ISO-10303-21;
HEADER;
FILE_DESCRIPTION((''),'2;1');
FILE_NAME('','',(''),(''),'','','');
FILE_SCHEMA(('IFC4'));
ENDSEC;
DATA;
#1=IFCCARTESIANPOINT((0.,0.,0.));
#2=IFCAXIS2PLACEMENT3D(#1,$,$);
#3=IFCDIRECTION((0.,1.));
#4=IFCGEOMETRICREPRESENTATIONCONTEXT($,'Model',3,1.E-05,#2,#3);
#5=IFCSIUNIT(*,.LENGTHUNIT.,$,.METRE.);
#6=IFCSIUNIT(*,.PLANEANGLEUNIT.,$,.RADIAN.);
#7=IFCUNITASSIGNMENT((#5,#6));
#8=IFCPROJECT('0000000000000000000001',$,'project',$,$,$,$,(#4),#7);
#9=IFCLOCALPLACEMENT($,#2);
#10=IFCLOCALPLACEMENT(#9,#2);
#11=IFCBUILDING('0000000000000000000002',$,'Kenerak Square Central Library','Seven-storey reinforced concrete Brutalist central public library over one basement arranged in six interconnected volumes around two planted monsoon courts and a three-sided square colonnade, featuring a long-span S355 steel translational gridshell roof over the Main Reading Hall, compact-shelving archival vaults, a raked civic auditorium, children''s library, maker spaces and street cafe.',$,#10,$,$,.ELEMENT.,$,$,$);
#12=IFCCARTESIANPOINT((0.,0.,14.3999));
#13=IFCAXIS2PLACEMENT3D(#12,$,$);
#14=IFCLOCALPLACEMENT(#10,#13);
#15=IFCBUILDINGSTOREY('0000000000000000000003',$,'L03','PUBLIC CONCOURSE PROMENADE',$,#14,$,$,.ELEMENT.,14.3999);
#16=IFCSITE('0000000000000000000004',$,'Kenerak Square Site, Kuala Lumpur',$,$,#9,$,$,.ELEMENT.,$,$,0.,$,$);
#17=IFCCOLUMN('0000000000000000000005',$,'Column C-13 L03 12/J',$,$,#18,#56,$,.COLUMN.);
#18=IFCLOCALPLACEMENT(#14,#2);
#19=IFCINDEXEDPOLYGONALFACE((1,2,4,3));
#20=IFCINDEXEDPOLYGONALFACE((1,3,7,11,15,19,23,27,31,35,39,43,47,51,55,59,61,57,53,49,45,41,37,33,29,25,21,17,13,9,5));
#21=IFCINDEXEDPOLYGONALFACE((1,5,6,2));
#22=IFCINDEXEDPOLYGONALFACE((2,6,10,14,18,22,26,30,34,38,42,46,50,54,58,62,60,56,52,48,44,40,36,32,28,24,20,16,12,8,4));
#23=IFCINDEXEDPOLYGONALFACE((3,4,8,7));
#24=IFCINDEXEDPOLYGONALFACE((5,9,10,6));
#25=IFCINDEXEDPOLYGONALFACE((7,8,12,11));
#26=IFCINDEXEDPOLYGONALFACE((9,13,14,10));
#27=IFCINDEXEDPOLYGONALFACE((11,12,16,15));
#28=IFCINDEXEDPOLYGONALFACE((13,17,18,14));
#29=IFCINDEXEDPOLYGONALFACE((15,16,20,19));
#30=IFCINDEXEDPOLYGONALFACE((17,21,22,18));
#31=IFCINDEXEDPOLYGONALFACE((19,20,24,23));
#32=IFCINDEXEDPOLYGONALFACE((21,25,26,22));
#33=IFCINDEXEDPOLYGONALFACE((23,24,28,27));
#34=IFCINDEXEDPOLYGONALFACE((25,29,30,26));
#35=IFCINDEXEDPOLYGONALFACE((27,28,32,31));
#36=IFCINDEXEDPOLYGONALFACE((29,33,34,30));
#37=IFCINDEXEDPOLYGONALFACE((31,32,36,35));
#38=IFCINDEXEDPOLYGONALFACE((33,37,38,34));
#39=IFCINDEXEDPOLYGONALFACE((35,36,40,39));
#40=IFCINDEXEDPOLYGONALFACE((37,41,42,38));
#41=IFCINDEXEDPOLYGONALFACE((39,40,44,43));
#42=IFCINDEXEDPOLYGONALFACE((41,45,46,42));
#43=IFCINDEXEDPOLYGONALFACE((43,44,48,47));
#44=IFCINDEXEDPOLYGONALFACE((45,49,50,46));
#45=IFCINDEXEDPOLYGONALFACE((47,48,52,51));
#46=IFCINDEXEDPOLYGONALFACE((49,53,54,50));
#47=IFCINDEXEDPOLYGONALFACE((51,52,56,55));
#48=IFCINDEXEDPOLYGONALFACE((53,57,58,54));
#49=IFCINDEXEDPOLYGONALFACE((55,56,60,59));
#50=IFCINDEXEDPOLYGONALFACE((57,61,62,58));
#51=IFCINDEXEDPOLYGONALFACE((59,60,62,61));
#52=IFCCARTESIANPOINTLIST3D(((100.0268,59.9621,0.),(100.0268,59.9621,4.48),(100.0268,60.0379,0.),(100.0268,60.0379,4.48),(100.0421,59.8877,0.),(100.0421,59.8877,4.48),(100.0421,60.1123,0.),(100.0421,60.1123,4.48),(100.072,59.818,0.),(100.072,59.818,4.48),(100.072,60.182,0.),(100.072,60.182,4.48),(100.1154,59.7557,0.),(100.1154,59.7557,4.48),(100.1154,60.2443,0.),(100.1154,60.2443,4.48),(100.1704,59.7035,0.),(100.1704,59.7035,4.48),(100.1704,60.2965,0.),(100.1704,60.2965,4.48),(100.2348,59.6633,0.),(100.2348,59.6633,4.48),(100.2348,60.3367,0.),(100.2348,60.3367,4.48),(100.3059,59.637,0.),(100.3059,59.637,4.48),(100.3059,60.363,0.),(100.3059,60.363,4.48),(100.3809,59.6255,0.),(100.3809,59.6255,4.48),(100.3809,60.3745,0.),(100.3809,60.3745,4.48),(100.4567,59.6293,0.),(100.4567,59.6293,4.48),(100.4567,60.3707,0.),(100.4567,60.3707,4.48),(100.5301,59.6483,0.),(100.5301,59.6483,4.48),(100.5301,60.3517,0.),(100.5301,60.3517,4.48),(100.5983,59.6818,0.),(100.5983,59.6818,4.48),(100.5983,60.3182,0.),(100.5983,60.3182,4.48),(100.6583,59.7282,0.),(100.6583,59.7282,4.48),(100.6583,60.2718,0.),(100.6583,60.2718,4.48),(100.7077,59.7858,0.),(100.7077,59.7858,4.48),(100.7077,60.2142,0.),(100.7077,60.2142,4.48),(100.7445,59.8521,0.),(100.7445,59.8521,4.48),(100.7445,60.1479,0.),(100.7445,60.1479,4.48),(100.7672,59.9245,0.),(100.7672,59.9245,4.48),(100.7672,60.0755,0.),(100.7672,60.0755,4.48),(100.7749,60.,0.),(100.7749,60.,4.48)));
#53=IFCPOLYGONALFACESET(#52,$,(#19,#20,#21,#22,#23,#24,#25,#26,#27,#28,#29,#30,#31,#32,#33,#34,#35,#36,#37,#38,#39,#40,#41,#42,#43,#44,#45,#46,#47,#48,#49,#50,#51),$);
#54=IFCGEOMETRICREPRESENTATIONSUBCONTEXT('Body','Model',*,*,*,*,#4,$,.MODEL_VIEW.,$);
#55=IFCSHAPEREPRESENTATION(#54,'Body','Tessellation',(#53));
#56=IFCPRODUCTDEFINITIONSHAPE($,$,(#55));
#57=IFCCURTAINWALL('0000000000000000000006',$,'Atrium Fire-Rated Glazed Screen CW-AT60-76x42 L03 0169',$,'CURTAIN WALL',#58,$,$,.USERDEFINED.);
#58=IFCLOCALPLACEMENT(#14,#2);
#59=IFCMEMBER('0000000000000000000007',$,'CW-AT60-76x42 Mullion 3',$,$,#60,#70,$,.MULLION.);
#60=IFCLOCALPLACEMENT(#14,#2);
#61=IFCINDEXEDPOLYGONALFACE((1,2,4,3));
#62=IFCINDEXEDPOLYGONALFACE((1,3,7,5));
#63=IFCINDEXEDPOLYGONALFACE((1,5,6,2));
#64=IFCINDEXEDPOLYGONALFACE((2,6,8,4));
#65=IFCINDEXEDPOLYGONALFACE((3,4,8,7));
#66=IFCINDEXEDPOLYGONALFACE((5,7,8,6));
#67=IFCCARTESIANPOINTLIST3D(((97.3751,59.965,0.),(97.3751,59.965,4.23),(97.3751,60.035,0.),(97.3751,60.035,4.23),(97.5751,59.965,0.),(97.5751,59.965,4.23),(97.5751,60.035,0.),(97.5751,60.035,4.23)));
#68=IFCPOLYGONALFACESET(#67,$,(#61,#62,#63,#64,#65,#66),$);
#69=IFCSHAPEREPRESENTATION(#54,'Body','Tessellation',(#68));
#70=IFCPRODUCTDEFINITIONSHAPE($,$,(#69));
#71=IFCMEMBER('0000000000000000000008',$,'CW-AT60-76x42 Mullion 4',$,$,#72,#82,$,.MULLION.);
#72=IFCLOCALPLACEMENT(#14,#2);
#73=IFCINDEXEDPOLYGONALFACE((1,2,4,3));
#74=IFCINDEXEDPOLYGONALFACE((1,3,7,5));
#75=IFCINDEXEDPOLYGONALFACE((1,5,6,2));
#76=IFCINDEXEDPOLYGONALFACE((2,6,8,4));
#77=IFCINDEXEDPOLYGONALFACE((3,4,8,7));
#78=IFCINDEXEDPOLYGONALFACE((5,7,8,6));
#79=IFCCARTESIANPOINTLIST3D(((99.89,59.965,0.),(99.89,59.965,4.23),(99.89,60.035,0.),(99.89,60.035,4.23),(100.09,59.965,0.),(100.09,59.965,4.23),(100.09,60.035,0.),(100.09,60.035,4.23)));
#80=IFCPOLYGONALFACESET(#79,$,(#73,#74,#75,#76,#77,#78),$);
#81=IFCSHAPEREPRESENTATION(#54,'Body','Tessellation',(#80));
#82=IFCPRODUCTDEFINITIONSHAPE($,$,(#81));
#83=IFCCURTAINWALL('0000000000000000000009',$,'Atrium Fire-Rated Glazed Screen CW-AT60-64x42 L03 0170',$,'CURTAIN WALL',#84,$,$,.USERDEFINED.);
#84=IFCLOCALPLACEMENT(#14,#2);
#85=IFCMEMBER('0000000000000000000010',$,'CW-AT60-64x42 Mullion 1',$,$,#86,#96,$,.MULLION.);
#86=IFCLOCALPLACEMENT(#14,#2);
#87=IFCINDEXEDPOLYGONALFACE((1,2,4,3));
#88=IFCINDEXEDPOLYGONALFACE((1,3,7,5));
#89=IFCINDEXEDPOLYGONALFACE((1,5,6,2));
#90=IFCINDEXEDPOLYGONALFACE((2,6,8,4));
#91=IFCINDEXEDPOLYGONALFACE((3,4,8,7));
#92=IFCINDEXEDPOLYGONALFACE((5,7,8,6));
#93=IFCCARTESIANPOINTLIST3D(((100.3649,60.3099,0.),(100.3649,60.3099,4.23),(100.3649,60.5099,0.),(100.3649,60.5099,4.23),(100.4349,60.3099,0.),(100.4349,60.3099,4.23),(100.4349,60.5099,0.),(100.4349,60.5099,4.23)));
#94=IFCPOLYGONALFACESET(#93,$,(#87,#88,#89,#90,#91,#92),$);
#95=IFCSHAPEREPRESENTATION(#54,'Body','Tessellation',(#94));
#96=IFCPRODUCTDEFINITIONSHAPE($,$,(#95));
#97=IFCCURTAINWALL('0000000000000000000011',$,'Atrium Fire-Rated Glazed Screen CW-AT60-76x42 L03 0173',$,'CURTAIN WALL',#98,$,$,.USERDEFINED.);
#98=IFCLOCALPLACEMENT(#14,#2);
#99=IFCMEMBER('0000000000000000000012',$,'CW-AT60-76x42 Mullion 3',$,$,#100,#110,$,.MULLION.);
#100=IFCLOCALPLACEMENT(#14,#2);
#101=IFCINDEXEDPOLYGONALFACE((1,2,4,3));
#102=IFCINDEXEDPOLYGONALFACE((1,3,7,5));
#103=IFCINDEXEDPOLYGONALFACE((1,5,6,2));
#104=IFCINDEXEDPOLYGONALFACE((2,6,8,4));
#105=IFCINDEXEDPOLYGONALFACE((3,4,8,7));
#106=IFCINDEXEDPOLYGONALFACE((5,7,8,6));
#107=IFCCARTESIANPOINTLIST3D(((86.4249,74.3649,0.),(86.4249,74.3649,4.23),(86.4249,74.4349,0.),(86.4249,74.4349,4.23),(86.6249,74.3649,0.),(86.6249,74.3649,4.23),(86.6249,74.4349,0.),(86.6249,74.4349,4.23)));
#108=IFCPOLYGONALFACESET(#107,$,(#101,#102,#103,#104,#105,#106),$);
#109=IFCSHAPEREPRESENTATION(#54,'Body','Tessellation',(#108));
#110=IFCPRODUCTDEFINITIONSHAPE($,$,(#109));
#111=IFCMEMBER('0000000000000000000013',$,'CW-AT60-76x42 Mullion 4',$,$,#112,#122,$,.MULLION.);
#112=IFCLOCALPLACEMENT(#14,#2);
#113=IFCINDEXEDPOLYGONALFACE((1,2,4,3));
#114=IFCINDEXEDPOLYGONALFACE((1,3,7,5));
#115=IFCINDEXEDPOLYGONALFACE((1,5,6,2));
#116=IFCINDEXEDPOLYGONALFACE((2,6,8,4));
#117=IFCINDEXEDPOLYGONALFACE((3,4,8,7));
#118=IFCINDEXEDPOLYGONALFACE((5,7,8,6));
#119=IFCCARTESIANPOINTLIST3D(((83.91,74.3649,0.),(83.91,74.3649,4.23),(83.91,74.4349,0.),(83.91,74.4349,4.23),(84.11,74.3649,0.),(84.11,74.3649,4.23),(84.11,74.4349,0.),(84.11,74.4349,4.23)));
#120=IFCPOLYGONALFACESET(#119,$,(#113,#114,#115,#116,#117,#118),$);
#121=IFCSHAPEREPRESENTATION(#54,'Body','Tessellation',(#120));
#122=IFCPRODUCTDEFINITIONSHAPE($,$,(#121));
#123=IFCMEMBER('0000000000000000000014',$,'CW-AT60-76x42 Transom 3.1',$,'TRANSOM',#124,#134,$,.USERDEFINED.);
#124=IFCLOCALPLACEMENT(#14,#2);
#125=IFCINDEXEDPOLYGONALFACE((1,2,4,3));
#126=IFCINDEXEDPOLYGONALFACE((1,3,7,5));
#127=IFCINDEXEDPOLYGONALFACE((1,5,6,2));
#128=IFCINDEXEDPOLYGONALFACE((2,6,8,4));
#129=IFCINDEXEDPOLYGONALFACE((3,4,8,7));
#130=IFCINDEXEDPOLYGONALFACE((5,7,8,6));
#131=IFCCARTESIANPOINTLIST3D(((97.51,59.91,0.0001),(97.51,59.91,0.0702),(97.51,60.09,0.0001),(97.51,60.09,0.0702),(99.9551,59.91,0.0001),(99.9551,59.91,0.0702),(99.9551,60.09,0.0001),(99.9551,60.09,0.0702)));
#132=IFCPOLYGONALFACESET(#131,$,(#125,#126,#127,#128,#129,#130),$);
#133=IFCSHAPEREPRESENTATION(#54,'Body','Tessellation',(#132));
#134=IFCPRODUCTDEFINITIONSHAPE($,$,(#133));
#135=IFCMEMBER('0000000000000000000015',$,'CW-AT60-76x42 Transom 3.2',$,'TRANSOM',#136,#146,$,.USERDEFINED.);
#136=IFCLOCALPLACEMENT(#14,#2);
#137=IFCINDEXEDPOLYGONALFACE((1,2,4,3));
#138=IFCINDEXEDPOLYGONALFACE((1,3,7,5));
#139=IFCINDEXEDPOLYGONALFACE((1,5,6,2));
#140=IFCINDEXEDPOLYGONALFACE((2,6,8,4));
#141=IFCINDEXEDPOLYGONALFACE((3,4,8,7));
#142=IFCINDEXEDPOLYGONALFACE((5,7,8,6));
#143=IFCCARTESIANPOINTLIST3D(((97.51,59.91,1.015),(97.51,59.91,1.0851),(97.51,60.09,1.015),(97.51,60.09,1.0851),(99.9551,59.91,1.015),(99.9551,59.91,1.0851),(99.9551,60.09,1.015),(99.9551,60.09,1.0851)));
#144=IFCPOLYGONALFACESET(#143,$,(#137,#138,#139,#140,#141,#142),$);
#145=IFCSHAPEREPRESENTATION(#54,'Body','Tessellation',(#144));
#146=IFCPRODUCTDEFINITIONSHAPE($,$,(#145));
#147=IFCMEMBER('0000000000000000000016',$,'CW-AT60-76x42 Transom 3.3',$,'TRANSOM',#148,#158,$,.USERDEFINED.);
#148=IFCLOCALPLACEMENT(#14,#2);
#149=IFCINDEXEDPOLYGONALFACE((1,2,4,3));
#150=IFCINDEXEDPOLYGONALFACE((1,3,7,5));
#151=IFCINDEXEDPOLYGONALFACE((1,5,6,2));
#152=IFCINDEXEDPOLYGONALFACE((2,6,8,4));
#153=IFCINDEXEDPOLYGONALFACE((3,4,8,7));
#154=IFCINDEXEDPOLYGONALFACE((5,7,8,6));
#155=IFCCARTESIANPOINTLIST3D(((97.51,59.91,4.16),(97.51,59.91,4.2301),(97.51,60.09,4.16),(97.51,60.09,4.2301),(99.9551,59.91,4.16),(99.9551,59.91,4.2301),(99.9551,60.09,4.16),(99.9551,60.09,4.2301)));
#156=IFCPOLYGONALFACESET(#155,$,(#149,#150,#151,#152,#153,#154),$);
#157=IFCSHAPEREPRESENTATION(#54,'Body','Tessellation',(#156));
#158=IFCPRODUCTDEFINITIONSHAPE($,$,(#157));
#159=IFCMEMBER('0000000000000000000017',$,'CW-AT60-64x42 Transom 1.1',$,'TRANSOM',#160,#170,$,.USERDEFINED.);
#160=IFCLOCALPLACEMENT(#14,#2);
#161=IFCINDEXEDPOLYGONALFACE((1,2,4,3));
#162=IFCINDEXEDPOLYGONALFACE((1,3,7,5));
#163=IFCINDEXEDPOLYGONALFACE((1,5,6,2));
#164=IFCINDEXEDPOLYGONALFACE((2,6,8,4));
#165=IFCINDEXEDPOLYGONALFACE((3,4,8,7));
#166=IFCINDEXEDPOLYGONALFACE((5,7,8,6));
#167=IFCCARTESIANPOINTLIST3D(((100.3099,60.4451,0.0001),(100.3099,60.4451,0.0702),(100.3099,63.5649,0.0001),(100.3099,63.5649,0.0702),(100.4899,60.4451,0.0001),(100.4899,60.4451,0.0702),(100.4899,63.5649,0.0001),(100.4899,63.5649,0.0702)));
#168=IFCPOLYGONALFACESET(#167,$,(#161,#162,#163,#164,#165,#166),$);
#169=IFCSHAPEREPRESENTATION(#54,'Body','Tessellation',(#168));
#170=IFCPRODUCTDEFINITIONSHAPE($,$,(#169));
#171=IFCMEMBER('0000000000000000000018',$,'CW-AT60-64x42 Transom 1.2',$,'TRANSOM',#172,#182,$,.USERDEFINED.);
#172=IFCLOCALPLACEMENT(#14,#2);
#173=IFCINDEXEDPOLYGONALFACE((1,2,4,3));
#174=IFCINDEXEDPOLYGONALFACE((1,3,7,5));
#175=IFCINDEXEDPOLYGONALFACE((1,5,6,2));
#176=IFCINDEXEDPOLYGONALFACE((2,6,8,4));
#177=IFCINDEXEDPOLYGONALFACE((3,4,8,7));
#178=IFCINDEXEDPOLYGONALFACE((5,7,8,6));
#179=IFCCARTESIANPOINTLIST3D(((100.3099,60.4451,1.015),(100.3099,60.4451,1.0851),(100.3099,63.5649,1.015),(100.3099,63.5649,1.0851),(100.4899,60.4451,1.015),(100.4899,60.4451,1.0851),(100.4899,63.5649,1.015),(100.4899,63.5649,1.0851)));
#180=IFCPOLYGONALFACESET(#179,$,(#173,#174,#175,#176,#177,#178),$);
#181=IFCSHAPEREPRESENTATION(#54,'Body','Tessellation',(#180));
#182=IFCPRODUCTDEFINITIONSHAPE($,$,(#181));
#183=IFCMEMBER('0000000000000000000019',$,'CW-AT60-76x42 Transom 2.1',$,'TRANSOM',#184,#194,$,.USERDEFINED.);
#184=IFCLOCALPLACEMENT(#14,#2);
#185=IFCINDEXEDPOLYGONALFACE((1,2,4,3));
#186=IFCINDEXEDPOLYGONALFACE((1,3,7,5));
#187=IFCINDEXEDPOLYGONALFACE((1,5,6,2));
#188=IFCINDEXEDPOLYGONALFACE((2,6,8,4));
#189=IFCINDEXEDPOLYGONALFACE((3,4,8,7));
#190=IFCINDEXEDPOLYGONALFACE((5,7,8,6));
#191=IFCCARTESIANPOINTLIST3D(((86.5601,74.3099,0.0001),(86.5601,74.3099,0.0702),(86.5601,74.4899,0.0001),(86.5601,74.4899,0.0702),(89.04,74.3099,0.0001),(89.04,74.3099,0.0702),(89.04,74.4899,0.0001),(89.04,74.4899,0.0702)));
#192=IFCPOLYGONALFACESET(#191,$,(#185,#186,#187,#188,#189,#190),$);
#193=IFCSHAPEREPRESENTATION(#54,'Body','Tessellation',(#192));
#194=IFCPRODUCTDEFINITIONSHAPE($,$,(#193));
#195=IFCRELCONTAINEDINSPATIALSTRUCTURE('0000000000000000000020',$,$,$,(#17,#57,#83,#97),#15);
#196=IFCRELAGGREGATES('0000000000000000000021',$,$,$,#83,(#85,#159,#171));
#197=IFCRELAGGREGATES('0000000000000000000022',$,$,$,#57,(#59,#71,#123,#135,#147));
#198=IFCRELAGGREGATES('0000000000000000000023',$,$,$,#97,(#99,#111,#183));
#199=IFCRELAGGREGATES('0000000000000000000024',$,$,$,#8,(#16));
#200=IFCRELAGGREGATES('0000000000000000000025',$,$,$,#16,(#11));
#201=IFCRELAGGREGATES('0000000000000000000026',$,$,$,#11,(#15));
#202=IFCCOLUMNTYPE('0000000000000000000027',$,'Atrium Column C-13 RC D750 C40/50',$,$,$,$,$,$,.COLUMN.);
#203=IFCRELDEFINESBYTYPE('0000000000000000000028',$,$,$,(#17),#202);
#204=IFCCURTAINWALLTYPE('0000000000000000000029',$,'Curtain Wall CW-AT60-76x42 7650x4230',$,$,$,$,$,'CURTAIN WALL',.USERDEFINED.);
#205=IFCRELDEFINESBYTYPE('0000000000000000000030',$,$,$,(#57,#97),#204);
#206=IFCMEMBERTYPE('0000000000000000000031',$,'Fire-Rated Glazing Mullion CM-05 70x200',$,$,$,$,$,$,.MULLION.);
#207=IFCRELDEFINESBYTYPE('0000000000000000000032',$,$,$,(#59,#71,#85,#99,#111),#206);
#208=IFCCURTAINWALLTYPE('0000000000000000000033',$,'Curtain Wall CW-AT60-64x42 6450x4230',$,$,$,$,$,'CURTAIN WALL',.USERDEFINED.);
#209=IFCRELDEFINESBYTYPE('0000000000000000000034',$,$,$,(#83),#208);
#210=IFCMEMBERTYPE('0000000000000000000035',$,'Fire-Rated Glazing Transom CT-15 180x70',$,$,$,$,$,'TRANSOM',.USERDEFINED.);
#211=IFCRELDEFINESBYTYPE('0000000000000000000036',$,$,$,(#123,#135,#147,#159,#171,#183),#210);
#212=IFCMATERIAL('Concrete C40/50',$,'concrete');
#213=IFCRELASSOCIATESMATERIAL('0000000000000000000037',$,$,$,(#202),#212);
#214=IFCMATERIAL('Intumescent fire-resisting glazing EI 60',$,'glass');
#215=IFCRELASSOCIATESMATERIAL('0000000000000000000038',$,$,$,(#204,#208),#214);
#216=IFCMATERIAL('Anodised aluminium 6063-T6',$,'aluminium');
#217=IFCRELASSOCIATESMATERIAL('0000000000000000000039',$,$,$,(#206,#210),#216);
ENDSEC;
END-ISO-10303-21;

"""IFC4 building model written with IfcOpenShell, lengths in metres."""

from ifc_helpers import new_model, si_unit, direction, frame, origin, origin_2d, place, context, subcontext, project, spatial, rectangle, circle, extrude, material, material_profile, profile_set, type_object, element, aggregate, save


model = new_model("IFC4")

# Units and contexts
model_context = context("Model", 3, precision=1e-05, world=origin(), true_north=direction((0.0, 1.0)))
body_context = subcontext(model_context, "Body", "Model", "MODEL_VIEW")
ifc_project = project(units=[si_unit("LENGTHUNIT", "METRE"), si_unit("PLANEANGLEUNIT", "RADIAN")], contexts=[model_context])

# Site, building, storey
site_placement = place(None, origin())
site = spatial("IfcSite", under=ifc_project, at=site_placement, Name="Kenerak Square Site, Kuala Lumpur", CompositionType="ELEMENT", RefElevation=0.0)
building_placement = place(site_placement, origin())
building = spatial("IfcBuilding", under=site, at=building_placement, Name="Kenerak Square Central Library", Description="Seven-storey reinforced concrete Brutalist central public library over one basement arranged in six interconnected volumes around two planted monsoon courts and a three-sided square colonnade, featuring a long-span S355 steel translational gridshell roof over the Main Reading Hall, compact-shelving archival vaults, a raked civic auditorium, children's library, maker spaces and street cafe.", CompositionType="ELEMENT")
storey_placement = place(building_placement, frame((0.0, 0.0, 14.3999)))
storey = spatial("IfcBuildingStorey", under=building, at=storey_placement, Name="L03", Description="PUBLIC CONCOURSE PROMENADE", CompositionType="ELEMENT", Elevation=14.3999)

# Column
ifc_material_1 = material(Name="Concrete C40/50", Category="concrete")
ifc_material_profile_1 = material_profile(ifc_material_1, circle(Radius=0.375, at=origin_2d()), Name="RC D750")
ifc_profile_set_1 = profile_set([ifc_material_profile_1], Name="Concrete C40/50")
column_type = type_object("IfcColumnType", Name="Atrium Column C-13 RC D750 C40/50", PredefinedType="COLUMN", material=ifc_profile_set_1)
column_placement = place(storey_placement, frame((100.3999, 60.0, 0.0), z_axis=(0.0, 0.0, 1.0), x_axis=(1.0, 0.0, 0.0)))
element("IfcColumn", 1, at=column_placement, inside=storey, type_object=column_type, Name="Column C-13 L03 12/J", PredefinedType="COLUMN", context=body_context, shape_type="SweptSolid", body=[
    extrude(circle(Radius=0.375, at=origin_2d()), origin(), (0.0, 0.0, 1.0), 4.48),
])

# Curtain wall, members
ifc_material_2 = material(Name="Intumescent fire-resisting glazing EI 60", Category="glass")
curtain_wall_type_1 = type_object("IfcCurtainWallType", Name="Curtain Wall CW-AT60-76x42 7650x4230", ElementType="CURTAIN WALL", PredefinedType="USERDEFINED", material=ifc_material_2)
curtain_wall_1_placement = place(storey_placement, origin())
curtain_wall_1 = element("IfcCurtainWall", 2, at=curtain_wall_1_placement, inside=storey, type_object=curtain_wall_type_1, Name="Atrium Fire-Rated Glazed Screen CW-AT60-76x42 L03 0169", ObjectType="CURTAIN WALL", PredefinedType="USERDEFINED")
ifc_material_3 = material(Name="Anodised aluminium 6063-T6", Category="aluminium")
ifc_material_profile_2 = material_profile(ifc_material_3, rectangle(XDim=0.0701, YDim=0.2, at=origin_2d()), Name="AL MULLION 70x200")
ifc_profile_set_2 = profile_set([ifc_material_profile_2], Name="Anodised aluminium 6063-T6")
member_type_1 = type_object("IfcMemberType", Name="Fire-Rated Glazing Mullion CM-05 70x200", PredefinedType="MULLION", material=ifc_profile_set_2)
member_1_placement = place(storey_placement, frame((97.4751, 60.0, 0.0), z_axis=(0.0, 0.0, 1.0), x_axis=(0.0, 1.0, 0.0)))
member_1 = element("IfcMember", 3, at=member_1_placement, type_object=member_type_1, Name="CW-AT60-76x42 Mullion 3", PredefinedType="MULLION", context=body_context, shape_type="SweptSolid", body=[
    extrude(rectangle(XDim=0.0701, YDim=0.2, at=origin_2d()), origin(), (0.0, 0.0, 1.0), 4.23),
])
member_2_placement = place(storey_placement, frame((99.99, 60.0, 0.0), z_axis=(0.0, 0.0, 1.0), x_axis=(0.0, 1.0, 0.0)))
member_2 = element("IfcMember", 4, at=member_2_placement, type_object=member_type_1, Name="CW-AT60-76x42 Mullion 4", PredefinedType="MULLION", context=body_context, shape_type="SweptSolid", body=[
    extrude(rectangle(XDim=0.0701, YDim=0.2, at=origin_2d()), origin(), (0.0, 0.0, 1.0), 4.23),
])

# Curtain wall, member
curtain_wall_type_2 = type_object("IfcCurtainWallType", Name="Curtain Wall CW-AT60-64x42 6450x4230", ElementType="CURTAIN WALL", PredefinedType="USERDEFINED", material=ifc_material_2)
curtain_wall_2_placement = place(storey_placement, origin())
curtain_wall_2 = element("IfcCurtainWall", 5, at=curtain_wall_2_placement, inside=storey, type_object=curtain_wall_type_2, Name="Atrium Fire-Rated Glazed Screen CW-AT60-64x42 L03 0170", ObjectType="CURTAIN WALL", PredefinedType="USERDEFINED")
member_3_placement = place(storey_placement, frame((100.3999, 60.4099, 0.0), z_axis=(0.0, 0.0, 1.0), x_axis=(-1.0, 0.0, 0.0)))
member_3 = element("IfcMember", 6, at=member_3_placement, type_object=member_type_1, Name="CW-AT60-64x42 Mullion 1", PredefinedType="MULLION", context=body_context, shape_type="SweptSolid", body=[
    extrude(rectangle(XDim=0.0701, YDim=0.2, at=origin_2d()), origin(), (0.0, 0.0, 1.0), 4.23),
])

# Curtain wall, members
curtain_wall_3_placement = place(storey_placement, origin())
curtain_wall_3 = element("IfcCurtainWall", 7, at=curtain_wall_3_placement, inside=storey, type_object=curtain_wall_type_1, Name="Atrium Fire-Rated Glazed Screen CW-AT60-76x42 L03 0173", ObjectType="CURTAIN WALL", PredefinedType="USERDEFINED")
member_4_placement = place(storey_placement, frame((86.5249, 74.3999, 0.0), z_axis=(0.0, 0.0, 1.0), x_axis=(0.0, -1.0, 0.0)))
member_4 = element("IfcMember", 8, at=member_4_placement, type_object=member_type_1, Name="CW-AT60-76x42 Mullion 3", PredefinedType="MULLION", context=body_context, shape_type="SweptSolid", body=[
    extrude(rectangle(XDim=0.0701, YDim=0.2, at=origin_2d()), origin(), (0.0, 0.0, 1.0), 4.23),
])
member_5_placement = place(storey_placement, frame((84.01, 74.3999, 0.0), z_axis=(0.0, 0.0, 1.0), x_axis=(0.0, -1.0, 0.0)))
member_5 = element("IfcMember", 9, at=member_5_placement, type_object=member_type_1, Name="CW-AT60-76x42 Mullion 4", PredefinedType="MULLION", context=body_context, shape_type="SweptSolid", body=[
    extrude(rectangle(XDim=0.0701, YDim=0.2, at=origin_2d()), origin(), (0.0, 0.0, 1.0), 4.23),
])

# Members
ifc_material_profile_3 = material_profile(ifc_material_3, rectangle(XDim=0.1799, YDim=0.0701, at=origin_2d()), Name="AL TRANSOM 180x70")
ifc_profile_set_3 = profile_set([ifc_material_profile_3], Name="Anodised aluminium 6063-T6")
member_type_2 = type_object("IfcMemberType", Name="Fire-Rated Glazing Transom CT-15 180x70", ElementType="TRANSOM", PredefinedType="USERDEFINED", material=ifc_profile_set_3)
member_6_placement = place(storey_placement, frame((97.51, 60.0, 0.0352), z_axis=(1.0, 0.0, 0.0), x_axis=(0.0, 1.0, 0.0)))
member_6 = element("IfcMember", 10, at=member_6_placement, type_object=member_type_2, Name="CW-AT60-76x42 Transom 3.1", ObjectType="TRANSOM", PredefinedType="USERDEFINED", context=body_context, shape_type="SweptSolid", body=[
    extrude(rectangle(XDim=0.1799, YDim=0.0701, at=origin_2d()), origin(), (0.0, 0.0, 1.0), 2.4451),
])
member_7_placement = place(storey_placement, frame((97.51, 60.0, 1.05), z_axis=(1.0, 0.0, 0.0), x_axis=(0.0, 1.0, 0.0)))
member_7 = element("IfcMember", 11, at=member_7_placement, type_object=member_type_2, Name="CW-AT60-76x42 Transom 3.2", ObjectType="TRANSOM", PredefinedType="USERDEFINED", context=body_context, shape_type="SweptSolid", body=[
    extrude(rectangle(XDim=0.1799, YDim=0.0701, at=origin_2d()), origin(), (0.0, 0.0, 1.0), 2.4451),
])
member_8_placement = place(storey_placement, frame((97.51, 60.0, 4.1951), z_axis=(1.0, 0.0, 0.0), x_axis=(0.0, 1.0, 0.0)))
member_8 = element("IfcMember", 12, at=member_8_placement, type_object=member_type_2, Name="CW-AT60-76x42 Transom 3.3", ObjectType="TRANSOM", PredefinedType="USERDEFINED", context=body_context, shape_type="SweptSolid", body=[
    extrude(rectangle(XDim=0.1799, YDim=0.0701, at=origin_2d()), origin(), (0.0, 0.0, 1.0), 2.4451),
])
member_9_placement = place(storey_placement, frame((100.3999, 60.4451, 0.0352), z_axis=(0.0, 1.0, 0.0), x_axis=(-1.0, 0.0, 0.0)))
member_9 = element("IfcMember", 13, at=member_9_placement, type_object=member_type_2, Name="CW-AT60-64x42 Transom 1.1", ObjectType="TRANSOM", PredefinedType="USERDEFINED", context=body_context, shape_type="SweptSolid", body=[
    extrude(rectangle(XDim=0.1799, YDim=0.0701, at=origin_2d()), origin(), (0.0, 0.0, 1.0), 3.1199),
])
member_10_placement = place(storey_placement, frame((100.3999, 60.4451, 1.05), z_axis=(0.0, 1.0, 0.0), x_axis=(-1.0, 0.0, 0.0)))
member_10 = element("IfcMember", 14, at=member_10_placement, type_object=member_type_2, Name="CW-AT60-64x42 Transom 1.2", ObjectType="TRANSOM", PredefinedType="USERDEFINED", context=body_context, shape_type="SweptSolid", body=[
    extrude(rectangle(XDim=0.1799, YDim=0.0701, at=origin_2d()), origin(), (0.0, 0.0, 1.0), 3.1199),
])
aggregate(curtain_wall_2, [member_3, member_9, member_10])
member_11_placement = place(storey_placement, frame((89.04, 74.3999, 0.0352), z_axis=(-1.0, 0.0, 0.0), x_axis=(0.0, -1.0, 0.0)))
member_11 = element("IfcMember", 15, at=member_11_placement, type_object=member_type_2, Name="CW-AT60-76x42 Transom 2.1", ObjectType="TRANSOM", PredefinedType="USERDEFINED", context=body_context, shape_type="SweptSolid", body=[
    extrude(rectangle(XDim=0.1799, YDim=0.0701, at=origin_2d()), origin(), (0.0, 0.0, 1.0), 2.48),
])

aggregate(curtain_wall_1, [member_1, member_2, member_6, member_7, member_8])
aggregate(curtain_wall_3, [member_4, member_5, member_11])

save(model, "model.ifc")
